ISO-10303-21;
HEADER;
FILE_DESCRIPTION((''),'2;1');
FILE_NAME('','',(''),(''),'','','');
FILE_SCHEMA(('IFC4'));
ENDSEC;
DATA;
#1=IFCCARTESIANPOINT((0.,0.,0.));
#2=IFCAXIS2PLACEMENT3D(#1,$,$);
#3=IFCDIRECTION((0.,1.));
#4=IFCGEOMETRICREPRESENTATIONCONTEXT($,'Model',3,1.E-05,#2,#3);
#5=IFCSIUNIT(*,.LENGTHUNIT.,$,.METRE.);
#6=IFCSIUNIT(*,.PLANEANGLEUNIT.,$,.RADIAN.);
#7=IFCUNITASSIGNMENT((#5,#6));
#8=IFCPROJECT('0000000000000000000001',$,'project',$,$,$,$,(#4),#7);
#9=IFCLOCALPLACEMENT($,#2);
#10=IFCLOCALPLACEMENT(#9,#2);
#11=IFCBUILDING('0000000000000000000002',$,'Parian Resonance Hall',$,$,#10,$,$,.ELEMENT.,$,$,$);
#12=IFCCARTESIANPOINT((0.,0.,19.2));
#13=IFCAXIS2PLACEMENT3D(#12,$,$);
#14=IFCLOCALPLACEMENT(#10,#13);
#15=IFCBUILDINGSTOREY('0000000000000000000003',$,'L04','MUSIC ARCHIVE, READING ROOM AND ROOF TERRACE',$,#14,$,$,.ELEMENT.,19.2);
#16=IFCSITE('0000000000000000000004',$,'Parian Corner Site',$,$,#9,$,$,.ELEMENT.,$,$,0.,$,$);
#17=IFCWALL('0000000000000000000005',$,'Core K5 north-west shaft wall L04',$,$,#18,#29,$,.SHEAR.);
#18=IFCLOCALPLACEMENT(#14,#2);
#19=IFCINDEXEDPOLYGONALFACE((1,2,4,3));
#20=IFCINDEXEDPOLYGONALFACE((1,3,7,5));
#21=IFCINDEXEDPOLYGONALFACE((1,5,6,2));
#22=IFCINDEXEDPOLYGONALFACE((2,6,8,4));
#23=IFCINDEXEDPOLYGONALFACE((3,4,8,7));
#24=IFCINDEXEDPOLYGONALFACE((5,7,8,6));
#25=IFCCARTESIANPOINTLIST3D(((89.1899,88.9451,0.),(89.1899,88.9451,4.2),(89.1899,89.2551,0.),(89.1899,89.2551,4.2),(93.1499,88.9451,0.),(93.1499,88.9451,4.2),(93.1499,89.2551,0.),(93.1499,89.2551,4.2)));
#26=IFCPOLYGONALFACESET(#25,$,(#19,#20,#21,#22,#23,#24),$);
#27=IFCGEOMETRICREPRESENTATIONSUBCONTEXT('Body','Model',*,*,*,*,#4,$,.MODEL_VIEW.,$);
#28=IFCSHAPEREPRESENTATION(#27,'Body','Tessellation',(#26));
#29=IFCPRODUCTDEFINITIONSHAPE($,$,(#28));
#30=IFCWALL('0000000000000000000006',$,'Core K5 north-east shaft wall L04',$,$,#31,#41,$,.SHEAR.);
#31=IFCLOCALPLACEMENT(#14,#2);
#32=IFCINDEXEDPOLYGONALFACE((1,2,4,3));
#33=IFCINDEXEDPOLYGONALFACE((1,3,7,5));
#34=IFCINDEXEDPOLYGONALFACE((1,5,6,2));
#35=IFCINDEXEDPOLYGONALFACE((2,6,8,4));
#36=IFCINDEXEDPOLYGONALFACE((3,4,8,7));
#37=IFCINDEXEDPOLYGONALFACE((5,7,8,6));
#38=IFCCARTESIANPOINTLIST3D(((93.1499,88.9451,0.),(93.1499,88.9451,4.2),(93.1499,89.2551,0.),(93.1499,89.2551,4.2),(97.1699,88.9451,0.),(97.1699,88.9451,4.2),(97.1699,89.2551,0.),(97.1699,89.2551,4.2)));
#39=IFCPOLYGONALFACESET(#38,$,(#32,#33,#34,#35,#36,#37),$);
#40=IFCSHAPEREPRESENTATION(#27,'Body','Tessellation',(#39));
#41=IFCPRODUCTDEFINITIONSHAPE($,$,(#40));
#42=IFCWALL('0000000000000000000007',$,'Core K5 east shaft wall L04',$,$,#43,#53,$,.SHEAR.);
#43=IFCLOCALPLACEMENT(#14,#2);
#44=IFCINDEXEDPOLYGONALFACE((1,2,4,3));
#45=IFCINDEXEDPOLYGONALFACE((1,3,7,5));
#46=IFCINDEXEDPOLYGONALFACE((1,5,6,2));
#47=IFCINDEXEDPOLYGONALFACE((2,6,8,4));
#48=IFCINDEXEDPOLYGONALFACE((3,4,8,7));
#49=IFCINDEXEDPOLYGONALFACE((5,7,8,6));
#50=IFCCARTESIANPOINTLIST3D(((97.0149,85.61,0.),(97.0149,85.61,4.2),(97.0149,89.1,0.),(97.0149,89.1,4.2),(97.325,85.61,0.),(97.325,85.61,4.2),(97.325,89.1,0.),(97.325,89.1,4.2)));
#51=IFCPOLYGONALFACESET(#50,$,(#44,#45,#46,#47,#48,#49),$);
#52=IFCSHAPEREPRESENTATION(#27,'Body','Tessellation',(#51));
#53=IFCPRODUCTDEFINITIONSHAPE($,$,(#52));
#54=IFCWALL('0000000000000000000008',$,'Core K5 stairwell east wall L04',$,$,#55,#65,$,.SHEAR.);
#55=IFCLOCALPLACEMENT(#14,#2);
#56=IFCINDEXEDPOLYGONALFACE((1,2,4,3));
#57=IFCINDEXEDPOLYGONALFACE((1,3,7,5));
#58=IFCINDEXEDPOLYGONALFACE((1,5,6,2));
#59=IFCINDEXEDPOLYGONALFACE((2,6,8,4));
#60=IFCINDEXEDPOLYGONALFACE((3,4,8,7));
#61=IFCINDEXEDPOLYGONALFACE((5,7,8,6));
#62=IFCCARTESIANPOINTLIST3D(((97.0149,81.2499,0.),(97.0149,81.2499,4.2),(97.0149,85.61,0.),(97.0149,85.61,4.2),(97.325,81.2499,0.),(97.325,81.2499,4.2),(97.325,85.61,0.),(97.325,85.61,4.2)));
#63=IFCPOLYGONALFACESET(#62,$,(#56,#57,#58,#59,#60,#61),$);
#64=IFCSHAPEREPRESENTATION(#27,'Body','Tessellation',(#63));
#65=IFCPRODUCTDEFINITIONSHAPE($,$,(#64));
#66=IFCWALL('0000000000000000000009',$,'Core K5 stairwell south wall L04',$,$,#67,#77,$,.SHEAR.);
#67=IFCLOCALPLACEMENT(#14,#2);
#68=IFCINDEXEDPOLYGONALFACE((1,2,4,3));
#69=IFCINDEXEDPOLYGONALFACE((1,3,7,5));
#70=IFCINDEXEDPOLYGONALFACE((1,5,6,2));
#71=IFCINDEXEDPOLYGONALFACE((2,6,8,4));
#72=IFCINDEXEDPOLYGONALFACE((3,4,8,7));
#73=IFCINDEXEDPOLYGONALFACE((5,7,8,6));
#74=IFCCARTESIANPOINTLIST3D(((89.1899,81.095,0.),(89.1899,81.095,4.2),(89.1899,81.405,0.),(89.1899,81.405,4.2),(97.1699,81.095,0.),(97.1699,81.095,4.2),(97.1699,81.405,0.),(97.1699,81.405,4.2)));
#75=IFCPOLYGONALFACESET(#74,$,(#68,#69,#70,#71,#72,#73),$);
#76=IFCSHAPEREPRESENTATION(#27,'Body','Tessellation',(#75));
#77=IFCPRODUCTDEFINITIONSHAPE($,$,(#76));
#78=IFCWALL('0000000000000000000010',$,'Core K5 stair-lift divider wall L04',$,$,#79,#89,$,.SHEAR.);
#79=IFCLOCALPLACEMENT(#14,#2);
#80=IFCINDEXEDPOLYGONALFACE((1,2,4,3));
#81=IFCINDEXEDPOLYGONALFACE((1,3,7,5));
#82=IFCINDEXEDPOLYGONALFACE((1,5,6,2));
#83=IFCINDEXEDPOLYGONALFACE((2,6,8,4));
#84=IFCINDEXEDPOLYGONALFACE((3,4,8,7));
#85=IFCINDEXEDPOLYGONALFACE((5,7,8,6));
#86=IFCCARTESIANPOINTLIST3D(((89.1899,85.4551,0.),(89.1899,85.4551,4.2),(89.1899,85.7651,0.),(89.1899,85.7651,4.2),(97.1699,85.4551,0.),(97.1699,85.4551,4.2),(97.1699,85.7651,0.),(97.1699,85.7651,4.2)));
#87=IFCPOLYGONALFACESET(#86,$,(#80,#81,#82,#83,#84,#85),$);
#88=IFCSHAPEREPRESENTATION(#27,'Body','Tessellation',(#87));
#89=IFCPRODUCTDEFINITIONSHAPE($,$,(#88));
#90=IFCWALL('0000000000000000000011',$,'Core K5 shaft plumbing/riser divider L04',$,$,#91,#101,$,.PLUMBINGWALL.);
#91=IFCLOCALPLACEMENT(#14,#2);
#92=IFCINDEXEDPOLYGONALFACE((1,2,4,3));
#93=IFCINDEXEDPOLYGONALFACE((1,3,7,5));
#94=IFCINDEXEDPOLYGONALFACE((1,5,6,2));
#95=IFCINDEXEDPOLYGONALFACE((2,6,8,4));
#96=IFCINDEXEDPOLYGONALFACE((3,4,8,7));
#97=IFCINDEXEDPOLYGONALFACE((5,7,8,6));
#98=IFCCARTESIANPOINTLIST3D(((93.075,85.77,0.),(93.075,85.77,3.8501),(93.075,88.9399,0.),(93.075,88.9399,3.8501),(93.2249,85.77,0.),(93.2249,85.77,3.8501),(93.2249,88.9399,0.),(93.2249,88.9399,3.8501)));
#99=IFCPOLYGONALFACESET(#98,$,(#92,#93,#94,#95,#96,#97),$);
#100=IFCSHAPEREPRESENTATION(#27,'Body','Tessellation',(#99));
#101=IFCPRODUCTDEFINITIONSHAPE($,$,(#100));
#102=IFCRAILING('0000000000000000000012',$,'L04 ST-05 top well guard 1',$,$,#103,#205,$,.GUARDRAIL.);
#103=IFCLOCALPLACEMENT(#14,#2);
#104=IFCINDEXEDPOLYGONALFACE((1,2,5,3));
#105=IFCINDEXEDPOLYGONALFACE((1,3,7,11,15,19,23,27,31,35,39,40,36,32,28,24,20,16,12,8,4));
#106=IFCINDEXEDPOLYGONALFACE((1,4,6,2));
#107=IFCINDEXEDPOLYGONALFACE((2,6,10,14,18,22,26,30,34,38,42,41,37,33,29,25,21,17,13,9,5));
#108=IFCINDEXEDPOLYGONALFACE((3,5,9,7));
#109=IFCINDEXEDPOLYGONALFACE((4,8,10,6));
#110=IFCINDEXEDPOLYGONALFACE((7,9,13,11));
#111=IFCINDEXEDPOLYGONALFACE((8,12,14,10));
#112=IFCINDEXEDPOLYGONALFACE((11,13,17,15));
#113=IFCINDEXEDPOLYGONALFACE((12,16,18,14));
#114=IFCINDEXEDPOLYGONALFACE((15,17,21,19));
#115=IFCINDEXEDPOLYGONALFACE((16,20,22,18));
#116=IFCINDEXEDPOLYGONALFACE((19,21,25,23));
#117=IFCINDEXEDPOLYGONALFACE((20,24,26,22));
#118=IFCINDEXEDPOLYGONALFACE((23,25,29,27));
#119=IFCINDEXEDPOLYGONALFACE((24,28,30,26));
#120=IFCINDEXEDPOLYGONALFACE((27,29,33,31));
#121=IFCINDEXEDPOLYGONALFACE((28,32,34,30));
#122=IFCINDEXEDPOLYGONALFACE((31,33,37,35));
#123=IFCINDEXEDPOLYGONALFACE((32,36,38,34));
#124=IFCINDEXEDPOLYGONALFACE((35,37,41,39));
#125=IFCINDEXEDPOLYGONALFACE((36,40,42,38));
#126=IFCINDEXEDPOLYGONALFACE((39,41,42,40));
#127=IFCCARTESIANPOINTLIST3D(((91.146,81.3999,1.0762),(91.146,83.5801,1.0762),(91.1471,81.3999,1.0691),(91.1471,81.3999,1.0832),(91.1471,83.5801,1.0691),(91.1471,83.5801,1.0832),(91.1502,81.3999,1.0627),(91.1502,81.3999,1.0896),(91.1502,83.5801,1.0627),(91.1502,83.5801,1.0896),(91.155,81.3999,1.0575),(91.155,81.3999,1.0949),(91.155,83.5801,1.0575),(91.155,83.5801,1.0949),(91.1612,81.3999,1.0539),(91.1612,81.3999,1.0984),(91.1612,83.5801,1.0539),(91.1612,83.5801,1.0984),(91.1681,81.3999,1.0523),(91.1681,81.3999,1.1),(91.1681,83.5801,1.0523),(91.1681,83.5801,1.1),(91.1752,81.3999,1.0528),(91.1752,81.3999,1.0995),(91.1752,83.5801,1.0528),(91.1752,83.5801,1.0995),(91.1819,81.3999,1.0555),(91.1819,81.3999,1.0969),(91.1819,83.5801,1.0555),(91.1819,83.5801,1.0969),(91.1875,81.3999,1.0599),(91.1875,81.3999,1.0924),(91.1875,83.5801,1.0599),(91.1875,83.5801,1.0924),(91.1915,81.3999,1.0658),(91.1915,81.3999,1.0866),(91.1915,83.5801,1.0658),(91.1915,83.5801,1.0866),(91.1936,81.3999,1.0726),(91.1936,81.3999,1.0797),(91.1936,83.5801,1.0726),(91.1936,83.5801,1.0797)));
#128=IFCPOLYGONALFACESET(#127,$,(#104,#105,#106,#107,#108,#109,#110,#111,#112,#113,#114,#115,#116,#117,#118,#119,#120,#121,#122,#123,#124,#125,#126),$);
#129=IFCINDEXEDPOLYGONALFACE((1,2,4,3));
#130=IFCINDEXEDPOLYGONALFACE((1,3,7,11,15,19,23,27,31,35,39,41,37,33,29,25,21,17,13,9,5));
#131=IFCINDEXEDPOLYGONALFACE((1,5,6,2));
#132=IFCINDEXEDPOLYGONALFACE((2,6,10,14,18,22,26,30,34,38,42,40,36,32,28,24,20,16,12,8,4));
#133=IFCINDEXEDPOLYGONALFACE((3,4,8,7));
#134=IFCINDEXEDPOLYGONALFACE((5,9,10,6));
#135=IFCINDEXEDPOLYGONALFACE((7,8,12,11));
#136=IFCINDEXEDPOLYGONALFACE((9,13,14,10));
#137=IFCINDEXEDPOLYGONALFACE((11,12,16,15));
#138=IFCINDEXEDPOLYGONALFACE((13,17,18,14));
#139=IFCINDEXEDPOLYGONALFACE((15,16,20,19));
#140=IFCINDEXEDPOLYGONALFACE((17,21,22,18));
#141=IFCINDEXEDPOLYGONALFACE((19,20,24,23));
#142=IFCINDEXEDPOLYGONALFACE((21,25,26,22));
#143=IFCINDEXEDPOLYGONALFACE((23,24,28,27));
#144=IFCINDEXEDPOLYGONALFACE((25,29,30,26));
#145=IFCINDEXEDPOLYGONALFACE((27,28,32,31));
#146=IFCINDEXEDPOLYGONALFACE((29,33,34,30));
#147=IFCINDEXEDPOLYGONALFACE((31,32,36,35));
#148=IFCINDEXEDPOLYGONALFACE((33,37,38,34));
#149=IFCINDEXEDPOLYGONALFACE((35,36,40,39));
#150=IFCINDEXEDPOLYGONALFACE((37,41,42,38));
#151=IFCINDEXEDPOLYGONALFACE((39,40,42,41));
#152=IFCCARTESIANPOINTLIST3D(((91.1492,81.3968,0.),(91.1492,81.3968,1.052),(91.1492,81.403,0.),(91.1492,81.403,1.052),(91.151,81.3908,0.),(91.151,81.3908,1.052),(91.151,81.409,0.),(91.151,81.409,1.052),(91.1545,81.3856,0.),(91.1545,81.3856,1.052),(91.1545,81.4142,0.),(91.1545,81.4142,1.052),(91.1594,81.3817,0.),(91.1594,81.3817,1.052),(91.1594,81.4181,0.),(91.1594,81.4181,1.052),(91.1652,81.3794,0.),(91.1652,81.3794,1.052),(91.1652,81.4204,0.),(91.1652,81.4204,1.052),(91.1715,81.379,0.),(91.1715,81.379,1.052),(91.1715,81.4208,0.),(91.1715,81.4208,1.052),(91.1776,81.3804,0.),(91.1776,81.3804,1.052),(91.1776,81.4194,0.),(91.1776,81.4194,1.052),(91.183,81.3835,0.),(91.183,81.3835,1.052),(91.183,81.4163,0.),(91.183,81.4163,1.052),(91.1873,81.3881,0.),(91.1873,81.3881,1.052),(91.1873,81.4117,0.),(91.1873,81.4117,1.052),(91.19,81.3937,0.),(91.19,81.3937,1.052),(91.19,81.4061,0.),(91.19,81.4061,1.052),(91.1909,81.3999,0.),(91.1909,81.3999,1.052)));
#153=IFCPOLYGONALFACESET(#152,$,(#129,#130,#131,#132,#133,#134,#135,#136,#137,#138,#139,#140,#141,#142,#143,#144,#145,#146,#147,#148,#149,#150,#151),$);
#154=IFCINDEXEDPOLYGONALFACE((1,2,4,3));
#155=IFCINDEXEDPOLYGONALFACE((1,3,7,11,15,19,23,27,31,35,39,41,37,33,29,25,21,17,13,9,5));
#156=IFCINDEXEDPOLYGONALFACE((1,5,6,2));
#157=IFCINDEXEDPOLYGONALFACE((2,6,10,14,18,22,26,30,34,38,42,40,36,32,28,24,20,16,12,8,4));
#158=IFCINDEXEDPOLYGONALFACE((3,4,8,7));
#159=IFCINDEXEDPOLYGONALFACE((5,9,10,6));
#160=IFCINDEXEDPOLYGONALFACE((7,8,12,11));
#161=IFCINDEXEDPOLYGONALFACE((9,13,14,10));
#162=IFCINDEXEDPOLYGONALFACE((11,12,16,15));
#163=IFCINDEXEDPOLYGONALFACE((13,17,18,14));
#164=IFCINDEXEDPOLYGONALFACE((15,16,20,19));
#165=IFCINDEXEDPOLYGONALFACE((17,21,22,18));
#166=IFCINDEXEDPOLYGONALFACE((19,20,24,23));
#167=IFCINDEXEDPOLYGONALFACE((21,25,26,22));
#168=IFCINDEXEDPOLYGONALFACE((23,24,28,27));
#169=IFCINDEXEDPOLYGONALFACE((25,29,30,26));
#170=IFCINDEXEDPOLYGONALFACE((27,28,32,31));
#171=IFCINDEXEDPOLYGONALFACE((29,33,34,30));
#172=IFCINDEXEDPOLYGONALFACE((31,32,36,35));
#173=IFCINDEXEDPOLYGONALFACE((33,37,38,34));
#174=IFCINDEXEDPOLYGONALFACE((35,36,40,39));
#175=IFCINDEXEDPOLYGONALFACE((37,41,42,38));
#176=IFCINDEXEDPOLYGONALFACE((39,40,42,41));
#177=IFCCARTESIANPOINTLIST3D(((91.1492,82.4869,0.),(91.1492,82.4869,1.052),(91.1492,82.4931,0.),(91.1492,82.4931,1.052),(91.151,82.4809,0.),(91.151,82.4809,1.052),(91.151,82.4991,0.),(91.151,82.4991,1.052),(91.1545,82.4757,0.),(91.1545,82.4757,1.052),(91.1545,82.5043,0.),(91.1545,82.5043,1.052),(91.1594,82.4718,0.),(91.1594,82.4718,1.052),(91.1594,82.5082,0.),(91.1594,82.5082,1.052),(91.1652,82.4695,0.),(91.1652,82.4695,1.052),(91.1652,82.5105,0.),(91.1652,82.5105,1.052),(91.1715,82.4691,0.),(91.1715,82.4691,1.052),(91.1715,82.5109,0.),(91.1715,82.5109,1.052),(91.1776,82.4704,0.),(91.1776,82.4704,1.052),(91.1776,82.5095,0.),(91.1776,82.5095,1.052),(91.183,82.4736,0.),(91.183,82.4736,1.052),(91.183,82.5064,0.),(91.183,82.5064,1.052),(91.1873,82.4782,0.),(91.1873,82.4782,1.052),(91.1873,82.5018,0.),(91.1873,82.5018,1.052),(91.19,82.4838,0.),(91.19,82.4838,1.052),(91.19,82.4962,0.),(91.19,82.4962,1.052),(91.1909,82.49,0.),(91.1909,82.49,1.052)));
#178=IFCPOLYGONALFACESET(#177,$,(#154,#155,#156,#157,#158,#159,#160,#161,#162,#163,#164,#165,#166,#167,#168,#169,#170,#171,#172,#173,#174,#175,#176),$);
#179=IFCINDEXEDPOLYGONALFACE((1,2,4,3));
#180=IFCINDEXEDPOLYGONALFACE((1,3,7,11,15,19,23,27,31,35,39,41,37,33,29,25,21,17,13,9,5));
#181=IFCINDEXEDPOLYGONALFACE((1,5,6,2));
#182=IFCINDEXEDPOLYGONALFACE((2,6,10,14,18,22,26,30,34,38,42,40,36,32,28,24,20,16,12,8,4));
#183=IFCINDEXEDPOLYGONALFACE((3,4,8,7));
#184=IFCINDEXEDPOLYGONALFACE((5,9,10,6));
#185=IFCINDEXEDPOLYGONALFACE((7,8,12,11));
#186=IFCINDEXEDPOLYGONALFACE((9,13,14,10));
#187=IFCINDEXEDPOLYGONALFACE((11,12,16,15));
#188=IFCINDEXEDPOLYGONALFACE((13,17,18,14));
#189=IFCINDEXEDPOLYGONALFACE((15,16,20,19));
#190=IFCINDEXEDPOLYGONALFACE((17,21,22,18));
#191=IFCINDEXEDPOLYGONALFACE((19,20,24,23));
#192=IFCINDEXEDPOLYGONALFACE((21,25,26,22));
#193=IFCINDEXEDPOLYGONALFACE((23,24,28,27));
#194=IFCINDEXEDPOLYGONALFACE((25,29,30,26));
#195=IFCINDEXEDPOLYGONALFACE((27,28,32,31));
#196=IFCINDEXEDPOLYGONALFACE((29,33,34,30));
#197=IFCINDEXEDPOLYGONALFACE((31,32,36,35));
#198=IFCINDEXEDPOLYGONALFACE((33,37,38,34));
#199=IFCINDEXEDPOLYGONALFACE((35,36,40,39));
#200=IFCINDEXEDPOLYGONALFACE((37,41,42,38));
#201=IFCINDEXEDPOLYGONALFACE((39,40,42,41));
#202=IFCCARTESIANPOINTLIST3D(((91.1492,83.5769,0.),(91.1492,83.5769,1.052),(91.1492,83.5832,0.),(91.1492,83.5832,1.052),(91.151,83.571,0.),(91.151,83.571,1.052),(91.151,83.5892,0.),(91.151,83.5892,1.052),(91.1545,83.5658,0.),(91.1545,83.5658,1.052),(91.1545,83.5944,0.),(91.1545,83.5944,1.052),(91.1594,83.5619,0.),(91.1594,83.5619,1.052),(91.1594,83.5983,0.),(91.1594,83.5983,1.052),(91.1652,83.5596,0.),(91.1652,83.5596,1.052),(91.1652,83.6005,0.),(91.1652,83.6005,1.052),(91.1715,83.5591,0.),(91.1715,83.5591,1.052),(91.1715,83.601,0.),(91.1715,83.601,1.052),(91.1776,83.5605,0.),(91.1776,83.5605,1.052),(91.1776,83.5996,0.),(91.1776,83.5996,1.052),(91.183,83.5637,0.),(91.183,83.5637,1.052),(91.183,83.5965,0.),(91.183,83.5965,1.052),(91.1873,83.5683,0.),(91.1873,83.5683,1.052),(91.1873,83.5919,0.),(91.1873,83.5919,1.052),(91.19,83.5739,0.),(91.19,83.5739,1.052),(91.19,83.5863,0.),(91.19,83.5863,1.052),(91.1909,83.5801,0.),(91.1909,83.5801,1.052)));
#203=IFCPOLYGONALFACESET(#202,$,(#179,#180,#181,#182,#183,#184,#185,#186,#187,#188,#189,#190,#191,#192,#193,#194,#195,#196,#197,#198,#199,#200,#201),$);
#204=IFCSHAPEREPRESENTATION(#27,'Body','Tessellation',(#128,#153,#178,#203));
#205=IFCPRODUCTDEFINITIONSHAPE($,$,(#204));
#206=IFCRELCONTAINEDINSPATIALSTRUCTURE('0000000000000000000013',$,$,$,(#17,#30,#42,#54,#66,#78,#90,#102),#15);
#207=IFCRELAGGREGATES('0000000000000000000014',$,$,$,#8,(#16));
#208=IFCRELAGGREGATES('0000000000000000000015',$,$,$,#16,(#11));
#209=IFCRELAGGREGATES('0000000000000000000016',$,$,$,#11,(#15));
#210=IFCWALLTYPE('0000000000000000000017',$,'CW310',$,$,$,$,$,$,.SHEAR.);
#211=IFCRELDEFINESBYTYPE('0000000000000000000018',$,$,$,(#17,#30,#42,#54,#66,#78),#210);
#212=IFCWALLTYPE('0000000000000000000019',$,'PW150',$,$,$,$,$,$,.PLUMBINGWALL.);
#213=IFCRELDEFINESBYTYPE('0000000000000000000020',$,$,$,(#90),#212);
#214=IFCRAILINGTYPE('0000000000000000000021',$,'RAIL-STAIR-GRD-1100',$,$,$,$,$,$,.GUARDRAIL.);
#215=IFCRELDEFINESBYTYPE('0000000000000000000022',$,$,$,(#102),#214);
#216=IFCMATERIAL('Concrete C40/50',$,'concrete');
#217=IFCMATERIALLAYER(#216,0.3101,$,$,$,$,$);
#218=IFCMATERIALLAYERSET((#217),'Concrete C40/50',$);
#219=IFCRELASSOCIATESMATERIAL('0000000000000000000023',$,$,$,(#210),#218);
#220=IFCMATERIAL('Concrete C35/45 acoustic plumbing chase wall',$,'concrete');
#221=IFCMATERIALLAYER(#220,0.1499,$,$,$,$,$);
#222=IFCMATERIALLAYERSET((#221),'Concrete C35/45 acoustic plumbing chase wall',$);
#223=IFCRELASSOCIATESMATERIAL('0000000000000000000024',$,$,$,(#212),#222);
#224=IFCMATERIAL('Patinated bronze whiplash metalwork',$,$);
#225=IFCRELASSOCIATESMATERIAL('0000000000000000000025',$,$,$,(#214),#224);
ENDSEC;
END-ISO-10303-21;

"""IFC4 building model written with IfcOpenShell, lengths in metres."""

from ifc_helpers import new_model, si_unit, direction, frame, frame_2d, origin, origin_2d, place, context, subcontext, project, spatial, rectangle, circle, extrude, material, layer, layer_set, type_object, element, save


model = new_model("IFC4")

# Units and contexts
model_context = context("Model", 3, precision=1e-05, world=origin(), true_north=direction((0.0, 1.0)))
body_context = subcontext(model_context, "Body", "Model", "MODEL_VIEW")
ifc_project = project(units=[si_unit("LENGTHUNIT", "METRE"), si_unit("PLANEANGLEUNIT", "RADIAN")], contexts=[model_context])

# Site, building, storey
site_placement = place(None, origin())
site = spatial("IfcSite", under=ifc_project, at=site_placement, Name="Parian Corner Site", CompositionType="ELEMENT", RefElevation=0.0)
building_placement = place(site_placement, origin())
building = spatial("IfcBuilding", under=site, at=building_placement, Name="Parian Resonance Hall", CompositionType="ELEMENT")
storey_placement = place(building_placement, frame((0.0, 0.0, 19.2)))
storey = spatial("IfcBuildingStorey", under=building, at=storey_placement, Name="L04", Description="MUSIC ARCHIVE, READING ROOM AND ROOF TERRACE", CompositionType="ELEMENT", Elevation=19.2)

# Shared definitions
ifc_material_1 = material(Name="Concrete C40/50", Category="concrete")
ifc_layer_1 = layer(ifc_material_1, 0.3101)
ifc_layer_set_1 = layer_set([ifc_layer_1], Name="Concrete C40/50")
wall_type_1 = type_object("IfcWallType", Name="CW310", PredefinedType="SHEAR", material=ifc_layer_set_1)

# Walls
wall_1_placement = place(storey_placement, frame((89.1899, 89.1001, 0.0), z_axis=(0.0, 0.0, 1.0), x_axis=(1.0, 0.0, 0.0)))
element("IfcWall", 1, at=wall_1_placement, inside=storey, type_object=wall_type_1, Name="Core K5 north-west shaft wall L04", PredefinedType="SHEAR", context=body_context, shape_type="SweptSolid", body=[
    extrude(rectangle(XDim=3.96, YDim=0.3101, at=frame_2d((1.98, 0.0))), origin(), (0.0, 0.0, 1.0), 4.2),
])
wall_2_placement = place(storey_placement, frame((93.1499, 89.1001, 0.0), z_axis=(0.0, 0.0, 1.0), x_axis=(1.0, 0.0, 0.0)))
element("IfcWall", 2, at=wall_2_placement, inside=storey, type_object=wall_type_1, Name="Core K5 north-east shaft wall L04", PredefinedType="SHEAR", context=body_context, shape_type="SweptSolid", body=[
    extrude(rectangle(XDim=4.02, YDim=0.3101, at=frame_2d((2.01, 0.0))), origin(), (0.0, 0.0, 1.0), 4.2),
])
wall_3_placement = place(storey_placement, frame((97.1699, 89.1001, 0.0), z_axis=(0.0, 0.0, 1.0), x_axis=(0.0, -1.0, 0.0)))
element("IfcWall", 3, at=wall_3_placement, inside=storey, type_object=wall_type_1, Name="Core K5 east shaft wall L04", PredefinedType="SHEAR", context=body_context, shape_type="SweptSolid", body=[
    extrude(rectangle(XDim=3.49, YDim=0.3101, at=frame_2d((1.7451, 0.0))), origin(), (0.0, 0.0, 1.0), 4.2),
])
wall_4_placement = place(storey_placement, frame((97.1699, 85.6101, 0.0), z_axis=(0.0, 0.0, 1.0), x_axis=(0.0, -1.0, 0.0)))
element("IfcWall", 4, at=wall_4_placement, inside=storey, type_object=wall_type_1, Name="Core K5 stairwell east wall L04", PredefinedType="SHEAR", context=body_context, shape_type="SweptSolid", body=[
    extrude(rectangle(XDim=4.3601, YDim=0.3101, at=frame_2d((2.1802, 0.0))), origin(), (0.0, 0.0, 1.0), 4.2),
])
for number, where, z_axis, x_axis, name in (
    (5, (97.1699, 81.25, 0.0), (0.0, 0.0, 1.0), (-1.0, 0.0, 0.0), "Core K5 stairwell south wall L04"),
    (6, (89.1899, 85.6101, 0.0), (0.0, 0.0, 1.0), (1.0, 0.0, 0.0), "Core K5 stair-lift divider wall L04"),
):
    element("IfcWall", number, at=place(storey_placement, frame(where, z_axis=z_axis, x_axis=x_axis)), inside=storey, type_object=wall_type_1, Name=name, PredefinedType="SHEAR", context=body_context, shape_type="SweptSolid", body=[
        extrude(rectangle(XDim=7.98, YDim=0.3101, at=frame_2d((3.99, 0.0))), origin(), (0.0, 0.0, 1.0), 4.2),
    ])
ifc_material_2 = material(Name="Concrete C35/45 acoustic plumbing chase wall", Category="concrete")
ifc_layer_2 = layer(ifc_material_2, 0.1499)
ifc_layer_set_2 = layer_set([ifc_layer_2], Name="Concrete C35/45 acoustic plumbing chase wall")
wall_type_2 = type_object("IfcWallType", Name="PW150", PredefinedType="PLUMBINGWALL", material=ifc_layer_set_2)
wall_5_placement = place(storey_placement, frame((93.1499, 85.77, 0.0), z_axis=(0.0, 0.0, 1.0), x_axis=(0.0, 1.0, 0.0)))
element("IfcWall", 7, at=wall_5_placement, inside=storey, type_object=wall_type_2, Name="Core K5 shaft plumbing/riser divider L04", PredefinedType="PLUMBINGWALL", context=body_context, shape_type="SweptSolid", body=[
    extrude(rectangle(XDim=3.1699, YDim=0.1499, at=frame_2d((1.585, 0.0))), origin(), (0.0, 0.0, 1.0), 3.8501),
])

# Railing
ifc_material_3 = material(Name="Patinated bronze whiplash metalwork")
railing_type = type_object("IfcRailingType", Name="RAIL-STAIR-GRD-1100", PredefinedType="GUARDRAIL", material=ifc_material_3)
railing_placement = place(storey_placement, frame((91.1699, 81.3999, 0.0)))
element("IfcRailing", 8, at=railing_placement, inside=storey, type_object=railing_type, Name="L04 ST-05 top well guard 1", PredefinedType="GUARDRAIL", context=body_context, shape_type="SweptSolid", body=[
    extrude(circle(Radius=0.0239, at=origin_2d()), frame((0.0, 0.0, 1.0762), z_axis=(0.0, 1.0, 0.0), x_axis=(-1.0, 0.0, 0.0)), (0.0, 0.0, 1.0), 2.1802),
    extrude(circle(Radius=0.021, at=origin_2d()), origin(), (0.0, 0.0, 1.0), 1.052),
    extrude(circle(Radius=0.021, at=origin_2d()), frame((0.0, 1.0901, 0.0)), (0.0, 0.0, 1.0), 1.052),
    extrude(circle(Radius=0.021, at=origin_2d()), frame((0.0, 2.1802, 0.0)), (0.0, 0.0, 1.0), 1.052),
])

save(model, "model.ifc")
